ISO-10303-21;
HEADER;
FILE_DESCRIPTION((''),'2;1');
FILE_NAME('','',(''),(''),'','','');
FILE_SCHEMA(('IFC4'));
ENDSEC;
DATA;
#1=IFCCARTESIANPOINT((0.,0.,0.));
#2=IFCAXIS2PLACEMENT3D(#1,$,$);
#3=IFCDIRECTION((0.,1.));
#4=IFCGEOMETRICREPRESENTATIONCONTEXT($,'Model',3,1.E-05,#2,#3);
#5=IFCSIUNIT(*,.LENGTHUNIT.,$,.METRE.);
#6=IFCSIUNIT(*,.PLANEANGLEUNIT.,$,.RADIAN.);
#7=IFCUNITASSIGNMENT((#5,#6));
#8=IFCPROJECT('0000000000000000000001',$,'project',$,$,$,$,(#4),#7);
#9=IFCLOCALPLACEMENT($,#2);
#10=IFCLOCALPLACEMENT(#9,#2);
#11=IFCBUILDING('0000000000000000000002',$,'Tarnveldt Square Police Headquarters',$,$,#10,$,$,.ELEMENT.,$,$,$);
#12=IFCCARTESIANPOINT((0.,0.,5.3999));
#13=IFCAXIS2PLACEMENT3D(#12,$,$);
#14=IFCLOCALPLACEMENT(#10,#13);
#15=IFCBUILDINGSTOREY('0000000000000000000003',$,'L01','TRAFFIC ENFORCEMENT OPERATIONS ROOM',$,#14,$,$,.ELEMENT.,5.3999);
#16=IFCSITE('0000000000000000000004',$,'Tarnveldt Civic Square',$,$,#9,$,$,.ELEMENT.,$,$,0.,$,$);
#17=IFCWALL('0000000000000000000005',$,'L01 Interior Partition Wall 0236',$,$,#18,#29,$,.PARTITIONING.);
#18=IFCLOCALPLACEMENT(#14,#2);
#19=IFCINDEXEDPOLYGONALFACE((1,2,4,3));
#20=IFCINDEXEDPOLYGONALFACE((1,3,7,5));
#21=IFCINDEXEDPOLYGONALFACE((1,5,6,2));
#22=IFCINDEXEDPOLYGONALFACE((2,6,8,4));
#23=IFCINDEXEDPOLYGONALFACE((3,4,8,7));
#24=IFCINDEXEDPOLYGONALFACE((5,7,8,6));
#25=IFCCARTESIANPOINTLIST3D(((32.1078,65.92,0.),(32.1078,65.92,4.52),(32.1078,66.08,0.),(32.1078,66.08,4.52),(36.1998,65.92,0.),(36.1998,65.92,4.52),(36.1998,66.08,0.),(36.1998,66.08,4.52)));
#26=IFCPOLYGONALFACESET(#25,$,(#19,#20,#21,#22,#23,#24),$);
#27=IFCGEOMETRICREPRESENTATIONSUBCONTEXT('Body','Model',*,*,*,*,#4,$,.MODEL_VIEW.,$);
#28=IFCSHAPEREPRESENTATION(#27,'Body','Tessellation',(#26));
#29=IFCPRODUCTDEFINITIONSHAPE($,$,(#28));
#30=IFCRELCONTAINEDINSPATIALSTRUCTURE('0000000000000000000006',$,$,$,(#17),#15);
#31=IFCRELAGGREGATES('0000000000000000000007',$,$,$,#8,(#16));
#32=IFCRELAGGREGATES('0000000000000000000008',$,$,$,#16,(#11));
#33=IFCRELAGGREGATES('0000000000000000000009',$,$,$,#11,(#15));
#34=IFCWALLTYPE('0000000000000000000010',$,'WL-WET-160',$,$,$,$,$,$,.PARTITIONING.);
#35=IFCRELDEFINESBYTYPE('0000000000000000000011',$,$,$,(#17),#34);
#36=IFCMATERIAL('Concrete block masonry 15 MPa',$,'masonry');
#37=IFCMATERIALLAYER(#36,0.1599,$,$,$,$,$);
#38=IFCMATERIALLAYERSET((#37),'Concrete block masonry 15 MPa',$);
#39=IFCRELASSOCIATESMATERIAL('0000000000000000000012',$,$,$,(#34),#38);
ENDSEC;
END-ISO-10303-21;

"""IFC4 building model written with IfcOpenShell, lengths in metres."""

from ifc_helpers import new_model, si_unit, direction, frame, frame_2d, origin, place, context, subcontext, project, spatial, rectangle, extrude, material, layer, layer_set, type_object, element, save


model = new_model("IFC4")

# Units and contexts
model_context = context("Model", 3, precision=1e-05, world=origin(), true_north=direction((0.0, 1.0)))
body_context = subcontext(model_context, "Body", "Model", "MODEL_VIEW")
ifc_project = project(units=[si_unit("LENGTHUNIT", "METRE"), si_unit("PLANEANGLEUNIT", "RADIAN")], contexts=[model_context])

# Site, building, storey
site_placement = place(None, origin())
site = spatial("IfcSite", under=ifc_project, at=site_placement, Name="Tarnveldt Civic Square", CompositionType="ELEMENT", RefElevation=0.0)
building_placement = place(site_placement, origin())
building = spatial("IfcBuilding", under=site, at=building_placement, Name="Tarnveldt Square Police Headquarters", CompositionType="ELEMENT")
storey_placement = place(building_placement, frame((0.0, 0.0, 5.3999)))
storey = spatial("IfcBuildingStorey", under=building, at=storey_placement, Name="L01", Description="TRAFFIC ENFORCEMENT OPERATIONS ROOM", CompositionType="ELEMENT", Elevation=5.3999)

# Wall
ifc_material_1 = material(Name="Concrete block masonry 15 MPa", Category="masonry")
ifc_layer_1 = layer(ifc_material_1, 0.1599)
ifc_layer_set_1 = layer_set([ifc_layer_1], Name="Concrete block masonry 15 MPa")
wall_type_1 = type_object("IfcWallType", Name="WL-WET-160", PredefinedType="PARTITIONING", material=ifc_layer_set_1)
wall_1_placement = place(storey_placement, frame((32.1079, 66.0, 0.0), z_axis=(0.0, 0.0, 1.0), x_axis=(1.0, 0.0, 0.0)))
element("IfcWall", 1, at=wall_1_placement, inside=storey, type_object=wall_type_1, Name="L01 Interior Partition Wall 0236", PredefinedType="PARTITIONING", context=body_context, shape_type="SweptSolid", body=[
    extrude(rectangle(XDim=4.092, YDim=0.1599, at=frame_2d((2.0459, 0.0))), origin(), (0.0, 0.0, 1.0), 4.52),
])

save(model, "model.ifc")
